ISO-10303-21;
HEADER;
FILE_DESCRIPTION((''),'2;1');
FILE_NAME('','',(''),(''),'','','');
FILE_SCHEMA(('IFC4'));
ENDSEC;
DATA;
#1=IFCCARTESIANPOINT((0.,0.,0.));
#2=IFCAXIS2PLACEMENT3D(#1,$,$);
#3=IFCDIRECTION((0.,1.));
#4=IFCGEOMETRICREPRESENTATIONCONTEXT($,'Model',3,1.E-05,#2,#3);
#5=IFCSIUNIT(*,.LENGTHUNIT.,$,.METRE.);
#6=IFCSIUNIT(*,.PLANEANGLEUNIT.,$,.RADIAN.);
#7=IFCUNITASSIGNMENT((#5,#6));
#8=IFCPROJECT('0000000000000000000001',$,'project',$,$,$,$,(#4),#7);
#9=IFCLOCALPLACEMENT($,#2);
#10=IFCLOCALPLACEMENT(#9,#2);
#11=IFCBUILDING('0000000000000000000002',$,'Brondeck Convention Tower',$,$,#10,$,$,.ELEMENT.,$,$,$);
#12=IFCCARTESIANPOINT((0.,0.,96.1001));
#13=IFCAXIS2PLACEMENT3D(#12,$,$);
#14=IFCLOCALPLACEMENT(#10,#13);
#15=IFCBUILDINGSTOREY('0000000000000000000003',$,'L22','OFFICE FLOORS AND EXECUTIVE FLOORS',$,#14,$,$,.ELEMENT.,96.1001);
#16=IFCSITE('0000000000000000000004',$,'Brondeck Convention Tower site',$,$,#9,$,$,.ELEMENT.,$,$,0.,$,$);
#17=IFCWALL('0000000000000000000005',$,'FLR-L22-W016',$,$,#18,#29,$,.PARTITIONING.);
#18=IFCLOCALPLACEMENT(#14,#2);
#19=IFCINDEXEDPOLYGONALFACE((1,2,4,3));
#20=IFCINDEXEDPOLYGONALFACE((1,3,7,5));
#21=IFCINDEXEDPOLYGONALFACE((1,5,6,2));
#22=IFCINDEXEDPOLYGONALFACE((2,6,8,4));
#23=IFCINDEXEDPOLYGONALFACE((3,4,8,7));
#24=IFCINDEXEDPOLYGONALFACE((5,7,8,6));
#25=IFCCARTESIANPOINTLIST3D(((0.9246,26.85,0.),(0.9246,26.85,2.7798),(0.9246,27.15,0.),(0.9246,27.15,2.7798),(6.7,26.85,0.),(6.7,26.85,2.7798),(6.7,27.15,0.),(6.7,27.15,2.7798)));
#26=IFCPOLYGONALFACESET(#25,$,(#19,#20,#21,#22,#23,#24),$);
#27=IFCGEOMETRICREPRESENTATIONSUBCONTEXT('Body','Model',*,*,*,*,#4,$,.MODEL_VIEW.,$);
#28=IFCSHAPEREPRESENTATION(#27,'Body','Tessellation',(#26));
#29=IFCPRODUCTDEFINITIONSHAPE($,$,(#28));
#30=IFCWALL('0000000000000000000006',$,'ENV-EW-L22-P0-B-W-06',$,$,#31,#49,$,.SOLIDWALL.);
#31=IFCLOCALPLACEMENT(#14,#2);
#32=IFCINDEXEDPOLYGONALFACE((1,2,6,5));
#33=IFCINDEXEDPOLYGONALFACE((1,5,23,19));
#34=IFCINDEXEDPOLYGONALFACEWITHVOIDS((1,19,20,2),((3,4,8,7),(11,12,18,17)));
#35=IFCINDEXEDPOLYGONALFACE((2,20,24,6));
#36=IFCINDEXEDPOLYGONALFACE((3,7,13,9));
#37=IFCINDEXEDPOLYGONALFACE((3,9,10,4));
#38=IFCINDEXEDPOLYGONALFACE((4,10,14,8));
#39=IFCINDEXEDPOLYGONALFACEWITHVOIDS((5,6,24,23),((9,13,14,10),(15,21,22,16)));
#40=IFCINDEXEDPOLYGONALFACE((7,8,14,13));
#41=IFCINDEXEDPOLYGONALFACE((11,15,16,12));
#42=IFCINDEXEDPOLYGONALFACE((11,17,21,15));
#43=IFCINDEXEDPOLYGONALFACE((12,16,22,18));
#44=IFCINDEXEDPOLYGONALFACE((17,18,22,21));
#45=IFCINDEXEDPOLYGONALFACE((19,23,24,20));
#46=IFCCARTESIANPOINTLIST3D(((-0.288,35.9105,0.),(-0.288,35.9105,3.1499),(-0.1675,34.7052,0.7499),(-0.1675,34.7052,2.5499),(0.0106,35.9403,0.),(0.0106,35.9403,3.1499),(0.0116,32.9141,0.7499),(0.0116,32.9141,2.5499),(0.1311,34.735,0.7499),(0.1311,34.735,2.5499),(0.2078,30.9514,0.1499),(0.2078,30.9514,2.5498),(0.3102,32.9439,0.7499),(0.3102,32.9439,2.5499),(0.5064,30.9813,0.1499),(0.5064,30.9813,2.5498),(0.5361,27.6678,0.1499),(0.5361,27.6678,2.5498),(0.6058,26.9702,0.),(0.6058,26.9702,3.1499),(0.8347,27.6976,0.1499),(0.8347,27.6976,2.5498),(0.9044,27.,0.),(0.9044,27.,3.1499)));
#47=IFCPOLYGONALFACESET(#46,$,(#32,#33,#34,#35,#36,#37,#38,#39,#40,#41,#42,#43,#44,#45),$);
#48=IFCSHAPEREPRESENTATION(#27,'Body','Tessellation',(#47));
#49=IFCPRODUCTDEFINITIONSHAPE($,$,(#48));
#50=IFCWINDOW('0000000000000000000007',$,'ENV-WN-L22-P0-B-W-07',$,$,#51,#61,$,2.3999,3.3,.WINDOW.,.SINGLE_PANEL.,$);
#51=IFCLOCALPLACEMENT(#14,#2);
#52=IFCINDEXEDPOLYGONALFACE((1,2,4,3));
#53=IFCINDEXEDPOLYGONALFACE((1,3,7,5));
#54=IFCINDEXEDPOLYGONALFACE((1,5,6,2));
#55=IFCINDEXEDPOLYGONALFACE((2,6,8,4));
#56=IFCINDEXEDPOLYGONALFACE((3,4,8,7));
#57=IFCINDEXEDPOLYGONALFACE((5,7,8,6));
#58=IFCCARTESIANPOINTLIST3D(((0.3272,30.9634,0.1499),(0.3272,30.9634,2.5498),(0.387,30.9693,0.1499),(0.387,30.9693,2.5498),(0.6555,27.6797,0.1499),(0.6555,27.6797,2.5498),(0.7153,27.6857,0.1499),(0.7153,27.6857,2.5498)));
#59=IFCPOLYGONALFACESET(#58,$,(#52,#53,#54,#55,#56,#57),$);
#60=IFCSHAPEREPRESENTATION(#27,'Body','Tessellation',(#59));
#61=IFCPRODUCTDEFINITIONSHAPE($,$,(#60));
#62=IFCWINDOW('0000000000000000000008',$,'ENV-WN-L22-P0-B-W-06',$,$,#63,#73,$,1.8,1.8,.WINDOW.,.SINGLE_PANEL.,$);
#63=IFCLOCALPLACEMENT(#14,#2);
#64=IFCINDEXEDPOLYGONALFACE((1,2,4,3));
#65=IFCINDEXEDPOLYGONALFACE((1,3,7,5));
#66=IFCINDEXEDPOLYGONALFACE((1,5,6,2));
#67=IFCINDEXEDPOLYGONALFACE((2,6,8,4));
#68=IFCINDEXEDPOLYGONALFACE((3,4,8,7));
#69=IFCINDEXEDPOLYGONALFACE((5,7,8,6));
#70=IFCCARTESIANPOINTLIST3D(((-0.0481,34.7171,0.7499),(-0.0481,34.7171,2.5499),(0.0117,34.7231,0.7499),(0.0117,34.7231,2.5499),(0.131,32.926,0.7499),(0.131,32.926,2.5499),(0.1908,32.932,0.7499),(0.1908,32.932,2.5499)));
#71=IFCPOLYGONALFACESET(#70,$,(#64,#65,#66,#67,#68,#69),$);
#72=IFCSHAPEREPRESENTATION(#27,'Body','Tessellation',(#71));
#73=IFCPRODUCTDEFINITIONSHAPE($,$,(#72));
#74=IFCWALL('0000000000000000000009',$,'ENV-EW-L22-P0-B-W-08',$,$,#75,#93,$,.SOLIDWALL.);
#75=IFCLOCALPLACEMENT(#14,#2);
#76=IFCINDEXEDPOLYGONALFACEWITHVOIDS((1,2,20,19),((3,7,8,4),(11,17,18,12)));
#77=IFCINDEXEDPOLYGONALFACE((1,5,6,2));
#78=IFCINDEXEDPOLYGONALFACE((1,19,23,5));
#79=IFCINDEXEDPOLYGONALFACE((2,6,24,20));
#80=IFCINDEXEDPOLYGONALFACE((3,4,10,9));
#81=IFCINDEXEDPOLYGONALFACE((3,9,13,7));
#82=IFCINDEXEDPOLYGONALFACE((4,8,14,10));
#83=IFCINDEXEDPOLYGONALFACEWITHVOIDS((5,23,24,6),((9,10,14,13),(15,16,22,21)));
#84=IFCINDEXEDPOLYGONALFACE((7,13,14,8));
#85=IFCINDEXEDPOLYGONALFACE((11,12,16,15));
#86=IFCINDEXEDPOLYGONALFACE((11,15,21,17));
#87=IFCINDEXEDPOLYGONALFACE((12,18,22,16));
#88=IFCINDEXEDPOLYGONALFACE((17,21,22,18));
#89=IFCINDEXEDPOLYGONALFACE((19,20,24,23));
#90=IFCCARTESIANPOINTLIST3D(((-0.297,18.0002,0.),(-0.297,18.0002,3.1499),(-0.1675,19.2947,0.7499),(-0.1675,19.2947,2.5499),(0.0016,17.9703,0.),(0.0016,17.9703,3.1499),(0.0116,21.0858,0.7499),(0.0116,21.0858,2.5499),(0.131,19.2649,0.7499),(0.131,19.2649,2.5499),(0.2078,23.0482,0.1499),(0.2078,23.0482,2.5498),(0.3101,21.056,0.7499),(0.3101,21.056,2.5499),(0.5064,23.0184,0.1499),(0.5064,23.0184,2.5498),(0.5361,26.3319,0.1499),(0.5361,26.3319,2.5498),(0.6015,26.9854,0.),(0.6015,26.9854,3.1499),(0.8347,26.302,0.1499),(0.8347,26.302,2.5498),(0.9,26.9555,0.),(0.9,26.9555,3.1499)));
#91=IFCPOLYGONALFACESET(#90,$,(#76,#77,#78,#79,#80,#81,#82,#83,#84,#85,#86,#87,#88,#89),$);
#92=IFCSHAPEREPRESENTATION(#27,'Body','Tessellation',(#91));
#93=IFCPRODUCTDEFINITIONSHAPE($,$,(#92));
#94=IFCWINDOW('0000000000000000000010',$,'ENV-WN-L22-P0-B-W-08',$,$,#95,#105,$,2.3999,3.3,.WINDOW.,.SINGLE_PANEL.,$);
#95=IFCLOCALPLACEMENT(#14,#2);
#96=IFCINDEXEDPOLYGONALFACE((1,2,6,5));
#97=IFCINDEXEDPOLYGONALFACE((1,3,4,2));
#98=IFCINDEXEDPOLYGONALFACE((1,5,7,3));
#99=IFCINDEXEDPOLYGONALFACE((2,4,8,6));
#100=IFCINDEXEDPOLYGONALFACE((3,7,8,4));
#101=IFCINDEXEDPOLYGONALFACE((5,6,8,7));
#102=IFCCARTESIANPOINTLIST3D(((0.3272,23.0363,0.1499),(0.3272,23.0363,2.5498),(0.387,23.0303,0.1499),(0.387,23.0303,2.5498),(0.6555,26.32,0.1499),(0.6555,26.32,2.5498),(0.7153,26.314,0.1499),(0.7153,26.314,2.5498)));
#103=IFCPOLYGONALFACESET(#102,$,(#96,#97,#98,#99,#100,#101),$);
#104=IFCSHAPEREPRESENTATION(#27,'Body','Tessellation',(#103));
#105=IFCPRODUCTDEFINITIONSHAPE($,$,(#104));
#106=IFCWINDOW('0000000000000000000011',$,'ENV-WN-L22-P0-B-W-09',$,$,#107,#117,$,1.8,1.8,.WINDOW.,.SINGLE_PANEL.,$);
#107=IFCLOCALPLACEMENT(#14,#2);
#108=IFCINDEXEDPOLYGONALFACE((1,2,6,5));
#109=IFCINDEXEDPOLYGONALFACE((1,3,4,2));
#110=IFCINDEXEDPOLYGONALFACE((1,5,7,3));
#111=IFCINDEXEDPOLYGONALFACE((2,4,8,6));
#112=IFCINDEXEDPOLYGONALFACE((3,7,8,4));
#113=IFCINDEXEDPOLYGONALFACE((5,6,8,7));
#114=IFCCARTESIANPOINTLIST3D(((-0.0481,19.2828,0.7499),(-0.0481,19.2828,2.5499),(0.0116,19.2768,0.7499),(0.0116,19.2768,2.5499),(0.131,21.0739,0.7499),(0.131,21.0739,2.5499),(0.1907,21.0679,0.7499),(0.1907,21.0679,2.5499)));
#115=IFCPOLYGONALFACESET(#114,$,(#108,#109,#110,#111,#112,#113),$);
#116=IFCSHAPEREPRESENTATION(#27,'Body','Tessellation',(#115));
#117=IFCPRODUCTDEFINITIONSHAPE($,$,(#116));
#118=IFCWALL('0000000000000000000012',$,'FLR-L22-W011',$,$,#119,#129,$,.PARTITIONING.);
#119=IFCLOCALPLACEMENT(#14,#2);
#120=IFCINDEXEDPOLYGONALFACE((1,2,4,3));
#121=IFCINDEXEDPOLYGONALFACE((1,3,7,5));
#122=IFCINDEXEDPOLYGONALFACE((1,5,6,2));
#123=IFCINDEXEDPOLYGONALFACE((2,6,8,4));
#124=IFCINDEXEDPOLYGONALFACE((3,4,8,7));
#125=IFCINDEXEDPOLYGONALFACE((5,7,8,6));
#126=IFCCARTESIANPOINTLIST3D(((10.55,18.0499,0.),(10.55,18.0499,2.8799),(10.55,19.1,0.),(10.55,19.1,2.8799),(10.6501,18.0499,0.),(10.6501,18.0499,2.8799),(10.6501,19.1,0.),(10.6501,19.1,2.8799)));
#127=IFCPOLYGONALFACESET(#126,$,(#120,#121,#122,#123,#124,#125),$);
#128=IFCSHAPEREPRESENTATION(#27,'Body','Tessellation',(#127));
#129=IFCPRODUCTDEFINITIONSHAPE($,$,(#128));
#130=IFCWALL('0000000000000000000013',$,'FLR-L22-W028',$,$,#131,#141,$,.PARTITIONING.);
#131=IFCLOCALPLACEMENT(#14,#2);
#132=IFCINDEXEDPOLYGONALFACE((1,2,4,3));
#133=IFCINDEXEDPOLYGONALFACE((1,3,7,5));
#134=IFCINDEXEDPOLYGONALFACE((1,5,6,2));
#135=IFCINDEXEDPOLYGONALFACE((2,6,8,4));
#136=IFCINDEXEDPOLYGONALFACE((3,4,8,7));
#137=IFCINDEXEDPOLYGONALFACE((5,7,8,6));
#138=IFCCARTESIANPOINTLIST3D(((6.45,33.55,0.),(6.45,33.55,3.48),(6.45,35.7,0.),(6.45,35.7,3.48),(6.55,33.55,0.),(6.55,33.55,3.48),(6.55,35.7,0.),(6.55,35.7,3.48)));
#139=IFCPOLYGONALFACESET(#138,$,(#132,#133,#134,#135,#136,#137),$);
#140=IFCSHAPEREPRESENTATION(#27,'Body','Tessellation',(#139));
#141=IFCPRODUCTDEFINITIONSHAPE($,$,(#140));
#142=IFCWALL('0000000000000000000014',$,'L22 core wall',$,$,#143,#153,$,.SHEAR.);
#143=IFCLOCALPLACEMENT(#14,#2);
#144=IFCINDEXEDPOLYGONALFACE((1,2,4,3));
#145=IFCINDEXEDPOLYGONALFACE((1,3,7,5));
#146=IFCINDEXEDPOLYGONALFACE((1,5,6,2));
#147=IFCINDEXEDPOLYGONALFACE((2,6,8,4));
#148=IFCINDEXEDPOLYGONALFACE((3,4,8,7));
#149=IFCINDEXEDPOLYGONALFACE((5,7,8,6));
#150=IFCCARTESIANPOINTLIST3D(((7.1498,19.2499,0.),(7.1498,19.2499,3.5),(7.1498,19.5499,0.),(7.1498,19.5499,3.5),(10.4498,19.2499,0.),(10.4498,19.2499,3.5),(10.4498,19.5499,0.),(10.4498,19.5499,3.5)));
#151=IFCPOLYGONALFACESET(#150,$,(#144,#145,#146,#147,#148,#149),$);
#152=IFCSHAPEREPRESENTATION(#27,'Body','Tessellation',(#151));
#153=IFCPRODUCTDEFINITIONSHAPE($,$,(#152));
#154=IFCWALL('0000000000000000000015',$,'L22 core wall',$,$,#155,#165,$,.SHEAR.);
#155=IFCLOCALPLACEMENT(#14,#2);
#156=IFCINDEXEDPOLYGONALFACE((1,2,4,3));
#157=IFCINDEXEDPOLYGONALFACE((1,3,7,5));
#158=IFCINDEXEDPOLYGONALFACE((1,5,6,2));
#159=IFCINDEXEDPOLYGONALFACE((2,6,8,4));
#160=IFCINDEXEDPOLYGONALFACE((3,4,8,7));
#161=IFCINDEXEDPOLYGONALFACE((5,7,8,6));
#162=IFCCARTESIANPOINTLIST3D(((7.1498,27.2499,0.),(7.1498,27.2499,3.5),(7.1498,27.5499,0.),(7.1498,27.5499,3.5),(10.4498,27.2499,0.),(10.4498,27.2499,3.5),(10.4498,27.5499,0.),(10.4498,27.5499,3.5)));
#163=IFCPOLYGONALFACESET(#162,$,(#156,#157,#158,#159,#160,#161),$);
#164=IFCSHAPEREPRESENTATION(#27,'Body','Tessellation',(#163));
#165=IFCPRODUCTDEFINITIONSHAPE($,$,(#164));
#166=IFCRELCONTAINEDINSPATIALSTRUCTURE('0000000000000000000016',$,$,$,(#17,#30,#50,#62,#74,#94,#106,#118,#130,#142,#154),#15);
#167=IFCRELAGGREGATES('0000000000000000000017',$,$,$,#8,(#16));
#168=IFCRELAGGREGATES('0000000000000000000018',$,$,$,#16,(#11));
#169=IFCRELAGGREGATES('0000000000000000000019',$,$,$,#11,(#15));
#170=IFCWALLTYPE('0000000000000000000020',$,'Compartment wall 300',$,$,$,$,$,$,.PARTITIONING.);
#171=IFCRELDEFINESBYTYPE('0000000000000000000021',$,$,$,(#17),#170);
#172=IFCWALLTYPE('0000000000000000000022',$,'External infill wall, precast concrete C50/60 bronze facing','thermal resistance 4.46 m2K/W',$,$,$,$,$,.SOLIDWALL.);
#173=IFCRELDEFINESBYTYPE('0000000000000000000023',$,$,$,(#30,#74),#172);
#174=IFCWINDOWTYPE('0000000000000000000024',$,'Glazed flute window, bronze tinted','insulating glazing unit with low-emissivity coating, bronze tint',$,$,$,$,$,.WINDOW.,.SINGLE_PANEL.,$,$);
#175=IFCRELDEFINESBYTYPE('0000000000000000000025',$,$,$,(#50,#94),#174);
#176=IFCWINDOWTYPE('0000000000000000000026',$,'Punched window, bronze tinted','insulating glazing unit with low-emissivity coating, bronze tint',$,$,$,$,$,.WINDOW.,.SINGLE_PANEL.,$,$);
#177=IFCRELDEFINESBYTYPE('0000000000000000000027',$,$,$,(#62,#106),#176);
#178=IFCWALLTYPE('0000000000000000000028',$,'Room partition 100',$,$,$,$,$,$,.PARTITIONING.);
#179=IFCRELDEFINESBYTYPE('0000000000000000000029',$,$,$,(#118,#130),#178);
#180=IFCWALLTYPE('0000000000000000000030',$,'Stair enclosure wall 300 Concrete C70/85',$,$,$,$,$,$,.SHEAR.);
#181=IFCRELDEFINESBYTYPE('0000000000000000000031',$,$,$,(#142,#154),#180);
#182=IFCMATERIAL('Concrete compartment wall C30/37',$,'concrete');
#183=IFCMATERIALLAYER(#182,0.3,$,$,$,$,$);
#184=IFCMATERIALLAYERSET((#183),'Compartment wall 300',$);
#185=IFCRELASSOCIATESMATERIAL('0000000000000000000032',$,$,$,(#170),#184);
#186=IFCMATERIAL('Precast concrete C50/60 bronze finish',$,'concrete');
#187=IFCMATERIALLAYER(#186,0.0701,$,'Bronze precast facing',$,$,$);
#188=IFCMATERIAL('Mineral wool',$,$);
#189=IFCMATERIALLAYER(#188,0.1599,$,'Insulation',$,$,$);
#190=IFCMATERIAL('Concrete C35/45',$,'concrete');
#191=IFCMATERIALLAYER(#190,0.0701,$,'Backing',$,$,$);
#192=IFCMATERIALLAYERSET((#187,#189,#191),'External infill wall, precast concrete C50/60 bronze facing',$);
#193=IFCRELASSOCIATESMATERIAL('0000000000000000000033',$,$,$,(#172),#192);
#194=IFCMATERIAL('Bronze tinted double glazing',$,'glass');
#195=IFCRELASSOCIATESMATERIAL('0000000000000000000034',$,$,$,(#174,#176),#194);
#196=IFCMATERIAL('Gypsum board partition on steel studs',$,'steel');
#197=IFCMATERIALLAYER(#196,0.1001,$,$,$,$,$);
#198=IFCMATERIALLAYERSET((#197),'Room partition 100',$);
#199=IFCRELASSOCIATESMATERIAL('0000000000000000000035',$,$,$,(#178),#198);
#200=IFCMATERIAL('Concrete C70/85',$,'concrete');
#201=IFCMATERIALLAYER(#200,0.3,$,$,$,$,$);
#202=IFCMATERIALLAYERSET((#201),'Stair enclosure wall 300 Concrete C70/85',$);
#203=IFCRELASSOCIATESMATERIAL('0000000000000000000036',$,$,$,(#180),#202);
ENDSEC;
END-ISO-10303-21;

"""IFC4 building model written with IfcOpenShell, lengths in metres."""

from ifc_helpers import new_model, si_unit, direction, frame, frame_2d, origin, place, context, subcontext, project, spatial, rectangle, extrude, material, layer, layer_set, type_object, element, fill, save


model = new_model("IFC4")

# Units and contexts
model_context = context("Model", 3, precision=1e-05, world=origin(), true_north=direction((0.0, 1.0)))
body_context = subcontext(model_context, "Body", "Model", "MODEL_VIEW")
ifc_project = project(units=[si_unit("LENGTHUNIT", "METRE"), si_unit("PLANEANGLEUNIT", "RADIAN")], contexts=[model_context])

# Site, building, storey
site_placement = place(None, origin())
site = spatial("IfcSite", under=ifc_project, at=site_placement, Name="Brondeck Convention Tower site", CompositionType="ELEMENT", RefElevation=0.0)
building_placement = place(site_placement, origin())
building = spatial("IfcBuilding", under=site, at=building_placement, Name="Brondeck Convention Tower", CompositionType="ELEMENT")
storey_placement = place(building_placement, frame((0.0, 0.0, 96.1001)))
storey = spatial("IfcBuildingStorey", under=building, at=storey_placement, Name="L22", Description="OFFICE FLOORS AND EXECUTIVE FLOORS", CompositionType="ELEMENT", Elevation=96.1001)

# Shared definitions
ifc_material_1 = material(Name="Concrete C70/85", Category="concrete")

# Wall
ifc_material_2 = material(Name="Concrete compartment wall C30/37", Category="concrete")
ifc_layer_1 = layer(ifc_material_2, 0.3)
ifc_layer_set_1 = layer_set([ifc_layer_1], Name="Compartment wall 300")
wall_type_1 = type_object("IfcWallType", Name="Compartment wall 300", PredefinedType="PARTITIONING", material=ifc_layer_set_1)
wall_1_placement = place(storey_placement, frame((0.9246, 27.0, 0.0), z_axis=(0.0, 0.0, 1.0), x_axis=(1.0, 0.0, 0.0)))
element("IfcWall", 1, at=wall_1_placement, inside=storey, type_object=wall_type_1, Name="FLR-L22-W016", PredefinedType="PARTITIONING", context=body_context, shape_type="SweptSolid", body=[
    extrude(rectangle(XDim=5.7754, YDim=0.3, at=frame_2d((2.8877, 0.0))), origin(), (0.0, 0.0, 1.0), 2.7798),
])

# Walls, openings, windows
ifc_material_3 = material(Name="Precast concrete C50/60 bronze finish", Category="concrete")
ifc_layer_2 = layer(ifc_material_3, 0.0701, Name="Bronze precast facing")
ifc_material_4 = material(Name="Mineral wool")
ifc_layer_3 = layer(ifc_material_4, 0.1599, Name="Insulation")
ifc_material_5 = material(Name="Concrete C35/45", Category="concrete")
ifc_layer_4 = layer(ifc_material_5, 0.0701, Name="Backing")
ifc_layer_set_2 = layer_set([ifc_layer_2, ifc_layer_3, ifc_layer_4], Name="External infill wall, precast concrete C50/60 bronze facing")
wall_type_2 = type_object("IfcWallType", Name="External infill wall, precast concrete C50/60 bronze facing", Description="thermal resistance 4.46 m2K/W", PredefinedType="SOLIDWALL", material=ifc_layer_set_2)
wall_2_placement = place(storey_placement, frame((0.7551, 26.9851, 0.0), z_axis=(0.0, 0.0, 1.0), x_axis=(-0.09948, 0.99504, 0.0)))
wall_2 = element("IfcWall", 2, at=wall_2_placement, inside=storey, type_object=wall_type_2, Name="ENV-EW-L22-P0-B-W-06", PredefinedType="SOLIDWALL", context=body_context, shape_type="SweptSolid", body=[
    extrude(rectangle(XDim=8.9849, YDim=0.3, at=frame_2d((4.4924, 0.0))), origin(), (0.0, 0.0, 1.0), 3.1499),
])
opening_1_placement = place(wall_2_placement, frame((0.7012, 0.0, 0.1499)))
opening_1 = element("IfcOpeningElement", 3, at=opening_1_placement, cuts=wall_2, PredefinedType="OPENING", context=body_context, shape_type="SweptSolid", body=[
    extrude(rectangle(XDim=3.3, YDim=2.3999, at=frame_2d((1.6499, 1.2))), frame((0.0, 0.1599, 0.0), z_axis=(0.0, -1.0, 0.0), x_axis=(1.0, 0.0, 0.0)), (0.0, 0.0, 1.0), 0.3201),
])
opening_2_placement = place(wall_2_placement, frame((5.9736, 0.0, 0.75)))
opening_2 = element("IfcOpeningElement", 4, at=opening_2_placement, cuts=wall_2, PredefinedType="OPENING", context=body_context, shape_type="SweptSolid", body=[
    extrude(rectangle(XDim=1.8, YDim=1.8, at=frame_2d((0.8999, 0.8999))), frame((0.0, 0.1599, 0.0), z_axis=(0.0, -1.0, 0.0), x_axis=(1.0, 0.0, 0.0)), (0.0, 0.0, 1.0), 0.3201),
])
ifc_material_6 = material(Name="Bronze tinted double glazing", Category="glass")
window_type_1 = type_object("IfcWindowType", Name="Glazed flute window, bronze tinted", Description="insulating glazing unit with low-emissivity coating, bronze tint", PartitioningType="SINGLE_PANEL", PredefinedType="WINDOW", material=ifc_material_6)
window_1_placement = place(opening_1_placement, origin())
window_1 = element("IfcWindow", 5, at=window_1_placement, inside=storey, type_object=window_type_1, Name="ENV-WN-L22-P0-B-W-07", OverallHeight=2.3999, OverallWidth=3.3, PartitioningType="SINGLE_PANEL", PredefinedType="WINDOW", context=body_context, shape_type="SweptSolid", body=[
    extrude(rectangle(XDim=3.3, YDim=2.3999, at=frame_2d((1.6499, 1.2))), frame((0.0, 0.03, 0.0), z_axis=(0.0, -1.0, 0.0), x_axis=(1.0, 0.0, 0.0)), (0.0, 0.0, 1.0), 0.0601),
])
fill(opening_1, window_1)
window_type_2 = type_object("IfcWindowType", Name="Punched window, bronze tinted", Description="insulating glazing unit with low-emissivity coating, bronze tint", PartitioningType="SINGLE_PANEL", PredefinedType="WINDOW", material=ifc_material_6)
window_2_placement = place(opening_2_placement, origin())
window_2 = element("IfcWindow", 6, at=window_2_placement, inside=storey, type_object=window_type_2, Name="ENV-WN-L22-P0-B-W-06", OverallHeight=1.8, OverallWidth=1.8, PartitioningType="SINGLE_PANEL", PredefinedType="WINDOW", context=body_context, shape_type="SweptSolid", body=[
    extrude(rectangle(XDim=1.8, YDim=1.8, at=frame_2d((0.8999, 0.8999))), frame((0.0, 0.03, 0.0), z_axis=(0.0, -1.0, 0.0), x_axis=(1.0, 0.0, 0.0)), (0.0, 0.0, 1.0), 0.0601),
])
fill(opening_2, window_2)
wall_3_placement = place(storey_placement, frame((-0.1477, 17.9851, 0.0), z_axis=(0.0, 0.0, 1.0), x_axis=(0.099496, 0.995038, 0.0)))
wall_3 = element("IfcWall", 7, at=wall_3_placement, inside=storey, type_object=wall_type_2, Name="ENV-EW-L22-P0-B-W-08", PredefinedType="SOLIDWALL", context=body_context, shape_type="SweptSolid", body=[
    extrude(rectangle(XDim=9.03, YDim=0.3, at=frame_2d((4.5151, 0.0))), origin(), (0.0, 0.0, 1.0), 3.1499),
])
opening_3_placement = place(wall_3_placement, frame((1.3013, 0.0, 0.75)))
opening_3 = element("IfcOpeningElement", 8, at=opening_3_placement, cuts=wall_3, PredefinedType="OPENING", context=body_context, shape_type="SweptSolid", body=[
    extrude(rectangle(XDim=1.8, YDim=1.8, at=frame_2d((0.8999, 0.8999))), frame((0.0, 0.1599, 0.0), z_axis=(0.0, -1.0, 0.0), x_axis=(1.0, 0.0, 0.0)), (0.0, 0.0, 1.0), 0.3201),
])
opening_4_placement = place(wall_3_placement, frame((5.0735, 0.0, 0.1499)))
opening_4 = element("IfcOpeningElement", 9, at=opening_4_placement, cuts=wall_3, PredefinedType="OPENING", context=body_context, shape_type="SweptSolid", body=[
    extrude(rectangle(XDim=3.3, YDim=2.3999, at=frame_2d((1.6499, 1.2))), frame((0.0, 0.1599, 0.0), z_axis=(0.0, -1.0, 0.0), x_axis=(1.0, 0.0, 0.0)), (0.0, 0.0, 1.0), 0.3201),
])
window_3_placement = place(opening_4_placement, origin())
window_3 = element("IfcWindow", 10, at=window_3_placement, inside=storey, type_object=window_type_1, Name="ENV-WN-L22-P0-B-W-08", OverallHeight=2.3999, OverallWidth=3.3, PartitioningType="SINGLE_PANEL", PredefinedType="WINDOW", context=body_context, shape_type="SweptSolid", body=[
    extrude(rectangle(XDim=3.3, YDim=2.3999, at=frame_2d((1.6499, 1.2))), frame((0.0, 0.03, 0.0), z_axis=(0.0, -1.0, 0.0), x_axis=(1.0, 0.0, 0.0)), (0.0, 0.0, 1.0), 0.0601),
])
fill(opening_4, window_3)
window_4_placement = place(opening_3_placement, origin())
window_4 = element("IfcWindow", 11, at=window_4_placement, inside=storey, type_object=window_type_2, Name="ENV-WN-L22-P0-B-W-09", OverallHeight=1.8, OverallWidth=1.8, PartitioningType="SINGLE_PANEL", PredefinedType="WINDOW", context=body_context, shape_type="SweptSolid", body=[
    extrude(rectangle(XDim=1.8, YDim=1.8, at=frame_2d((0.8999, 0.8999))), frame((0.0, 0.03, 0.0), z_axis=(0.0, -1.0, 0.0), x_axis=(1.0, 0.0, 0.0)), (0.0, 0.0, 1.0), 0.0601),
])
fill(opening_3, window_4)

# Walls
ifc_material_7 = material(Name="Gypsum board partition on steel studs", Category="steel")
ifc_layer_5 = layer(ifc_material_7, 0.1001)
ifc_layer_set_3 = layer_set([ifc_layer_5], Name="Room partition 100")
wall_type_3 = type_object("IfcWallType", Name="Room partition 100", PredefinedType="PARTITIONING", material=ifc_layer_set_3)
wall_4_placement = place(storey_placement, frame((10.6001, 18.05, 0.0), z_axis=(0.0, 0.0, 1.0), x_axis=(0.0, 1.0, 0.0)))
element("IfcWall", 12, at=wall_4_placement, inside=storey, type_object=wall_type_3, Name="FLR-L22-W011", PredefinedType="PARTITIONING", context=body_context, shape_type="SweptSolid", body=[
    extrude(rectangle(XDim=1.05, YDim=0.1001, at=frame_2d((0.5249, 0.0))), origin(), (0.0, 0.0, 1.0), 2.8799),
])
wall_5_placement = place(storey_placement, frame((6.5, 33.55, 0.0), z_axis=(0.0, 0.0, 1.0), x_axis=(0.0, 1.0, 0.0)))
element("IfcWall", 13, at=wall_5_placement, inside=storey, type_object=wall_type_3, Name="FLR-L22-W028", PredefinedType="PARTITIONING", context=body_context, shape_type="SweptSolid", body=[
    extrude(rectangle(XDim=2.1499, YDim=0.1001, at=frame_2d((1.075, 0.0))), origin(), (0.0, 0.0, 1.0), 3.48),
])
ifc_layer_6 = layer(ifc_material_1, 0.3)
ifc_layer_set_4 = layer_set([ifc_layer_6], Name="Stair enclosure wall 300 Concrete C70/85")
wall_type_4 = type_object("IfcWallType", Name="Stair enclosure wall 300 Concrete C70/85", PredefinedType="SHEAR", material=ifc_layer_set_4)
for number, where, z_axis, x_axis, name in (
    (14, (7.1499, 19.3999, 0.0), (0.0, 0.0, 1.0), (1.0, 0.0, 0.0), "L22 core wall"),
    (15, (7.1499, 27.3999, 0.0), (0.0, 0.0, 1.0), (1.0, 0.0, 0.0), "L22 core wall"),
):
    element("IfcWall", number, at=place(storey_placement, frame(where, z_axis=z_axis, x_axis=x_axis)), inside=storey, type_object=wall_type_4, Name=name, PredefinedType="SHEAR", context=body_context, shape_type="SweptSolid", body=[
        extrude(rectangle(XDim=3.3, YDim=0.3, at=frame_2d((1.6499, 0.0))), origin(), (0.0, 0.0, 1.0), 3.5),
    ])

save(model, "model.ifc")
